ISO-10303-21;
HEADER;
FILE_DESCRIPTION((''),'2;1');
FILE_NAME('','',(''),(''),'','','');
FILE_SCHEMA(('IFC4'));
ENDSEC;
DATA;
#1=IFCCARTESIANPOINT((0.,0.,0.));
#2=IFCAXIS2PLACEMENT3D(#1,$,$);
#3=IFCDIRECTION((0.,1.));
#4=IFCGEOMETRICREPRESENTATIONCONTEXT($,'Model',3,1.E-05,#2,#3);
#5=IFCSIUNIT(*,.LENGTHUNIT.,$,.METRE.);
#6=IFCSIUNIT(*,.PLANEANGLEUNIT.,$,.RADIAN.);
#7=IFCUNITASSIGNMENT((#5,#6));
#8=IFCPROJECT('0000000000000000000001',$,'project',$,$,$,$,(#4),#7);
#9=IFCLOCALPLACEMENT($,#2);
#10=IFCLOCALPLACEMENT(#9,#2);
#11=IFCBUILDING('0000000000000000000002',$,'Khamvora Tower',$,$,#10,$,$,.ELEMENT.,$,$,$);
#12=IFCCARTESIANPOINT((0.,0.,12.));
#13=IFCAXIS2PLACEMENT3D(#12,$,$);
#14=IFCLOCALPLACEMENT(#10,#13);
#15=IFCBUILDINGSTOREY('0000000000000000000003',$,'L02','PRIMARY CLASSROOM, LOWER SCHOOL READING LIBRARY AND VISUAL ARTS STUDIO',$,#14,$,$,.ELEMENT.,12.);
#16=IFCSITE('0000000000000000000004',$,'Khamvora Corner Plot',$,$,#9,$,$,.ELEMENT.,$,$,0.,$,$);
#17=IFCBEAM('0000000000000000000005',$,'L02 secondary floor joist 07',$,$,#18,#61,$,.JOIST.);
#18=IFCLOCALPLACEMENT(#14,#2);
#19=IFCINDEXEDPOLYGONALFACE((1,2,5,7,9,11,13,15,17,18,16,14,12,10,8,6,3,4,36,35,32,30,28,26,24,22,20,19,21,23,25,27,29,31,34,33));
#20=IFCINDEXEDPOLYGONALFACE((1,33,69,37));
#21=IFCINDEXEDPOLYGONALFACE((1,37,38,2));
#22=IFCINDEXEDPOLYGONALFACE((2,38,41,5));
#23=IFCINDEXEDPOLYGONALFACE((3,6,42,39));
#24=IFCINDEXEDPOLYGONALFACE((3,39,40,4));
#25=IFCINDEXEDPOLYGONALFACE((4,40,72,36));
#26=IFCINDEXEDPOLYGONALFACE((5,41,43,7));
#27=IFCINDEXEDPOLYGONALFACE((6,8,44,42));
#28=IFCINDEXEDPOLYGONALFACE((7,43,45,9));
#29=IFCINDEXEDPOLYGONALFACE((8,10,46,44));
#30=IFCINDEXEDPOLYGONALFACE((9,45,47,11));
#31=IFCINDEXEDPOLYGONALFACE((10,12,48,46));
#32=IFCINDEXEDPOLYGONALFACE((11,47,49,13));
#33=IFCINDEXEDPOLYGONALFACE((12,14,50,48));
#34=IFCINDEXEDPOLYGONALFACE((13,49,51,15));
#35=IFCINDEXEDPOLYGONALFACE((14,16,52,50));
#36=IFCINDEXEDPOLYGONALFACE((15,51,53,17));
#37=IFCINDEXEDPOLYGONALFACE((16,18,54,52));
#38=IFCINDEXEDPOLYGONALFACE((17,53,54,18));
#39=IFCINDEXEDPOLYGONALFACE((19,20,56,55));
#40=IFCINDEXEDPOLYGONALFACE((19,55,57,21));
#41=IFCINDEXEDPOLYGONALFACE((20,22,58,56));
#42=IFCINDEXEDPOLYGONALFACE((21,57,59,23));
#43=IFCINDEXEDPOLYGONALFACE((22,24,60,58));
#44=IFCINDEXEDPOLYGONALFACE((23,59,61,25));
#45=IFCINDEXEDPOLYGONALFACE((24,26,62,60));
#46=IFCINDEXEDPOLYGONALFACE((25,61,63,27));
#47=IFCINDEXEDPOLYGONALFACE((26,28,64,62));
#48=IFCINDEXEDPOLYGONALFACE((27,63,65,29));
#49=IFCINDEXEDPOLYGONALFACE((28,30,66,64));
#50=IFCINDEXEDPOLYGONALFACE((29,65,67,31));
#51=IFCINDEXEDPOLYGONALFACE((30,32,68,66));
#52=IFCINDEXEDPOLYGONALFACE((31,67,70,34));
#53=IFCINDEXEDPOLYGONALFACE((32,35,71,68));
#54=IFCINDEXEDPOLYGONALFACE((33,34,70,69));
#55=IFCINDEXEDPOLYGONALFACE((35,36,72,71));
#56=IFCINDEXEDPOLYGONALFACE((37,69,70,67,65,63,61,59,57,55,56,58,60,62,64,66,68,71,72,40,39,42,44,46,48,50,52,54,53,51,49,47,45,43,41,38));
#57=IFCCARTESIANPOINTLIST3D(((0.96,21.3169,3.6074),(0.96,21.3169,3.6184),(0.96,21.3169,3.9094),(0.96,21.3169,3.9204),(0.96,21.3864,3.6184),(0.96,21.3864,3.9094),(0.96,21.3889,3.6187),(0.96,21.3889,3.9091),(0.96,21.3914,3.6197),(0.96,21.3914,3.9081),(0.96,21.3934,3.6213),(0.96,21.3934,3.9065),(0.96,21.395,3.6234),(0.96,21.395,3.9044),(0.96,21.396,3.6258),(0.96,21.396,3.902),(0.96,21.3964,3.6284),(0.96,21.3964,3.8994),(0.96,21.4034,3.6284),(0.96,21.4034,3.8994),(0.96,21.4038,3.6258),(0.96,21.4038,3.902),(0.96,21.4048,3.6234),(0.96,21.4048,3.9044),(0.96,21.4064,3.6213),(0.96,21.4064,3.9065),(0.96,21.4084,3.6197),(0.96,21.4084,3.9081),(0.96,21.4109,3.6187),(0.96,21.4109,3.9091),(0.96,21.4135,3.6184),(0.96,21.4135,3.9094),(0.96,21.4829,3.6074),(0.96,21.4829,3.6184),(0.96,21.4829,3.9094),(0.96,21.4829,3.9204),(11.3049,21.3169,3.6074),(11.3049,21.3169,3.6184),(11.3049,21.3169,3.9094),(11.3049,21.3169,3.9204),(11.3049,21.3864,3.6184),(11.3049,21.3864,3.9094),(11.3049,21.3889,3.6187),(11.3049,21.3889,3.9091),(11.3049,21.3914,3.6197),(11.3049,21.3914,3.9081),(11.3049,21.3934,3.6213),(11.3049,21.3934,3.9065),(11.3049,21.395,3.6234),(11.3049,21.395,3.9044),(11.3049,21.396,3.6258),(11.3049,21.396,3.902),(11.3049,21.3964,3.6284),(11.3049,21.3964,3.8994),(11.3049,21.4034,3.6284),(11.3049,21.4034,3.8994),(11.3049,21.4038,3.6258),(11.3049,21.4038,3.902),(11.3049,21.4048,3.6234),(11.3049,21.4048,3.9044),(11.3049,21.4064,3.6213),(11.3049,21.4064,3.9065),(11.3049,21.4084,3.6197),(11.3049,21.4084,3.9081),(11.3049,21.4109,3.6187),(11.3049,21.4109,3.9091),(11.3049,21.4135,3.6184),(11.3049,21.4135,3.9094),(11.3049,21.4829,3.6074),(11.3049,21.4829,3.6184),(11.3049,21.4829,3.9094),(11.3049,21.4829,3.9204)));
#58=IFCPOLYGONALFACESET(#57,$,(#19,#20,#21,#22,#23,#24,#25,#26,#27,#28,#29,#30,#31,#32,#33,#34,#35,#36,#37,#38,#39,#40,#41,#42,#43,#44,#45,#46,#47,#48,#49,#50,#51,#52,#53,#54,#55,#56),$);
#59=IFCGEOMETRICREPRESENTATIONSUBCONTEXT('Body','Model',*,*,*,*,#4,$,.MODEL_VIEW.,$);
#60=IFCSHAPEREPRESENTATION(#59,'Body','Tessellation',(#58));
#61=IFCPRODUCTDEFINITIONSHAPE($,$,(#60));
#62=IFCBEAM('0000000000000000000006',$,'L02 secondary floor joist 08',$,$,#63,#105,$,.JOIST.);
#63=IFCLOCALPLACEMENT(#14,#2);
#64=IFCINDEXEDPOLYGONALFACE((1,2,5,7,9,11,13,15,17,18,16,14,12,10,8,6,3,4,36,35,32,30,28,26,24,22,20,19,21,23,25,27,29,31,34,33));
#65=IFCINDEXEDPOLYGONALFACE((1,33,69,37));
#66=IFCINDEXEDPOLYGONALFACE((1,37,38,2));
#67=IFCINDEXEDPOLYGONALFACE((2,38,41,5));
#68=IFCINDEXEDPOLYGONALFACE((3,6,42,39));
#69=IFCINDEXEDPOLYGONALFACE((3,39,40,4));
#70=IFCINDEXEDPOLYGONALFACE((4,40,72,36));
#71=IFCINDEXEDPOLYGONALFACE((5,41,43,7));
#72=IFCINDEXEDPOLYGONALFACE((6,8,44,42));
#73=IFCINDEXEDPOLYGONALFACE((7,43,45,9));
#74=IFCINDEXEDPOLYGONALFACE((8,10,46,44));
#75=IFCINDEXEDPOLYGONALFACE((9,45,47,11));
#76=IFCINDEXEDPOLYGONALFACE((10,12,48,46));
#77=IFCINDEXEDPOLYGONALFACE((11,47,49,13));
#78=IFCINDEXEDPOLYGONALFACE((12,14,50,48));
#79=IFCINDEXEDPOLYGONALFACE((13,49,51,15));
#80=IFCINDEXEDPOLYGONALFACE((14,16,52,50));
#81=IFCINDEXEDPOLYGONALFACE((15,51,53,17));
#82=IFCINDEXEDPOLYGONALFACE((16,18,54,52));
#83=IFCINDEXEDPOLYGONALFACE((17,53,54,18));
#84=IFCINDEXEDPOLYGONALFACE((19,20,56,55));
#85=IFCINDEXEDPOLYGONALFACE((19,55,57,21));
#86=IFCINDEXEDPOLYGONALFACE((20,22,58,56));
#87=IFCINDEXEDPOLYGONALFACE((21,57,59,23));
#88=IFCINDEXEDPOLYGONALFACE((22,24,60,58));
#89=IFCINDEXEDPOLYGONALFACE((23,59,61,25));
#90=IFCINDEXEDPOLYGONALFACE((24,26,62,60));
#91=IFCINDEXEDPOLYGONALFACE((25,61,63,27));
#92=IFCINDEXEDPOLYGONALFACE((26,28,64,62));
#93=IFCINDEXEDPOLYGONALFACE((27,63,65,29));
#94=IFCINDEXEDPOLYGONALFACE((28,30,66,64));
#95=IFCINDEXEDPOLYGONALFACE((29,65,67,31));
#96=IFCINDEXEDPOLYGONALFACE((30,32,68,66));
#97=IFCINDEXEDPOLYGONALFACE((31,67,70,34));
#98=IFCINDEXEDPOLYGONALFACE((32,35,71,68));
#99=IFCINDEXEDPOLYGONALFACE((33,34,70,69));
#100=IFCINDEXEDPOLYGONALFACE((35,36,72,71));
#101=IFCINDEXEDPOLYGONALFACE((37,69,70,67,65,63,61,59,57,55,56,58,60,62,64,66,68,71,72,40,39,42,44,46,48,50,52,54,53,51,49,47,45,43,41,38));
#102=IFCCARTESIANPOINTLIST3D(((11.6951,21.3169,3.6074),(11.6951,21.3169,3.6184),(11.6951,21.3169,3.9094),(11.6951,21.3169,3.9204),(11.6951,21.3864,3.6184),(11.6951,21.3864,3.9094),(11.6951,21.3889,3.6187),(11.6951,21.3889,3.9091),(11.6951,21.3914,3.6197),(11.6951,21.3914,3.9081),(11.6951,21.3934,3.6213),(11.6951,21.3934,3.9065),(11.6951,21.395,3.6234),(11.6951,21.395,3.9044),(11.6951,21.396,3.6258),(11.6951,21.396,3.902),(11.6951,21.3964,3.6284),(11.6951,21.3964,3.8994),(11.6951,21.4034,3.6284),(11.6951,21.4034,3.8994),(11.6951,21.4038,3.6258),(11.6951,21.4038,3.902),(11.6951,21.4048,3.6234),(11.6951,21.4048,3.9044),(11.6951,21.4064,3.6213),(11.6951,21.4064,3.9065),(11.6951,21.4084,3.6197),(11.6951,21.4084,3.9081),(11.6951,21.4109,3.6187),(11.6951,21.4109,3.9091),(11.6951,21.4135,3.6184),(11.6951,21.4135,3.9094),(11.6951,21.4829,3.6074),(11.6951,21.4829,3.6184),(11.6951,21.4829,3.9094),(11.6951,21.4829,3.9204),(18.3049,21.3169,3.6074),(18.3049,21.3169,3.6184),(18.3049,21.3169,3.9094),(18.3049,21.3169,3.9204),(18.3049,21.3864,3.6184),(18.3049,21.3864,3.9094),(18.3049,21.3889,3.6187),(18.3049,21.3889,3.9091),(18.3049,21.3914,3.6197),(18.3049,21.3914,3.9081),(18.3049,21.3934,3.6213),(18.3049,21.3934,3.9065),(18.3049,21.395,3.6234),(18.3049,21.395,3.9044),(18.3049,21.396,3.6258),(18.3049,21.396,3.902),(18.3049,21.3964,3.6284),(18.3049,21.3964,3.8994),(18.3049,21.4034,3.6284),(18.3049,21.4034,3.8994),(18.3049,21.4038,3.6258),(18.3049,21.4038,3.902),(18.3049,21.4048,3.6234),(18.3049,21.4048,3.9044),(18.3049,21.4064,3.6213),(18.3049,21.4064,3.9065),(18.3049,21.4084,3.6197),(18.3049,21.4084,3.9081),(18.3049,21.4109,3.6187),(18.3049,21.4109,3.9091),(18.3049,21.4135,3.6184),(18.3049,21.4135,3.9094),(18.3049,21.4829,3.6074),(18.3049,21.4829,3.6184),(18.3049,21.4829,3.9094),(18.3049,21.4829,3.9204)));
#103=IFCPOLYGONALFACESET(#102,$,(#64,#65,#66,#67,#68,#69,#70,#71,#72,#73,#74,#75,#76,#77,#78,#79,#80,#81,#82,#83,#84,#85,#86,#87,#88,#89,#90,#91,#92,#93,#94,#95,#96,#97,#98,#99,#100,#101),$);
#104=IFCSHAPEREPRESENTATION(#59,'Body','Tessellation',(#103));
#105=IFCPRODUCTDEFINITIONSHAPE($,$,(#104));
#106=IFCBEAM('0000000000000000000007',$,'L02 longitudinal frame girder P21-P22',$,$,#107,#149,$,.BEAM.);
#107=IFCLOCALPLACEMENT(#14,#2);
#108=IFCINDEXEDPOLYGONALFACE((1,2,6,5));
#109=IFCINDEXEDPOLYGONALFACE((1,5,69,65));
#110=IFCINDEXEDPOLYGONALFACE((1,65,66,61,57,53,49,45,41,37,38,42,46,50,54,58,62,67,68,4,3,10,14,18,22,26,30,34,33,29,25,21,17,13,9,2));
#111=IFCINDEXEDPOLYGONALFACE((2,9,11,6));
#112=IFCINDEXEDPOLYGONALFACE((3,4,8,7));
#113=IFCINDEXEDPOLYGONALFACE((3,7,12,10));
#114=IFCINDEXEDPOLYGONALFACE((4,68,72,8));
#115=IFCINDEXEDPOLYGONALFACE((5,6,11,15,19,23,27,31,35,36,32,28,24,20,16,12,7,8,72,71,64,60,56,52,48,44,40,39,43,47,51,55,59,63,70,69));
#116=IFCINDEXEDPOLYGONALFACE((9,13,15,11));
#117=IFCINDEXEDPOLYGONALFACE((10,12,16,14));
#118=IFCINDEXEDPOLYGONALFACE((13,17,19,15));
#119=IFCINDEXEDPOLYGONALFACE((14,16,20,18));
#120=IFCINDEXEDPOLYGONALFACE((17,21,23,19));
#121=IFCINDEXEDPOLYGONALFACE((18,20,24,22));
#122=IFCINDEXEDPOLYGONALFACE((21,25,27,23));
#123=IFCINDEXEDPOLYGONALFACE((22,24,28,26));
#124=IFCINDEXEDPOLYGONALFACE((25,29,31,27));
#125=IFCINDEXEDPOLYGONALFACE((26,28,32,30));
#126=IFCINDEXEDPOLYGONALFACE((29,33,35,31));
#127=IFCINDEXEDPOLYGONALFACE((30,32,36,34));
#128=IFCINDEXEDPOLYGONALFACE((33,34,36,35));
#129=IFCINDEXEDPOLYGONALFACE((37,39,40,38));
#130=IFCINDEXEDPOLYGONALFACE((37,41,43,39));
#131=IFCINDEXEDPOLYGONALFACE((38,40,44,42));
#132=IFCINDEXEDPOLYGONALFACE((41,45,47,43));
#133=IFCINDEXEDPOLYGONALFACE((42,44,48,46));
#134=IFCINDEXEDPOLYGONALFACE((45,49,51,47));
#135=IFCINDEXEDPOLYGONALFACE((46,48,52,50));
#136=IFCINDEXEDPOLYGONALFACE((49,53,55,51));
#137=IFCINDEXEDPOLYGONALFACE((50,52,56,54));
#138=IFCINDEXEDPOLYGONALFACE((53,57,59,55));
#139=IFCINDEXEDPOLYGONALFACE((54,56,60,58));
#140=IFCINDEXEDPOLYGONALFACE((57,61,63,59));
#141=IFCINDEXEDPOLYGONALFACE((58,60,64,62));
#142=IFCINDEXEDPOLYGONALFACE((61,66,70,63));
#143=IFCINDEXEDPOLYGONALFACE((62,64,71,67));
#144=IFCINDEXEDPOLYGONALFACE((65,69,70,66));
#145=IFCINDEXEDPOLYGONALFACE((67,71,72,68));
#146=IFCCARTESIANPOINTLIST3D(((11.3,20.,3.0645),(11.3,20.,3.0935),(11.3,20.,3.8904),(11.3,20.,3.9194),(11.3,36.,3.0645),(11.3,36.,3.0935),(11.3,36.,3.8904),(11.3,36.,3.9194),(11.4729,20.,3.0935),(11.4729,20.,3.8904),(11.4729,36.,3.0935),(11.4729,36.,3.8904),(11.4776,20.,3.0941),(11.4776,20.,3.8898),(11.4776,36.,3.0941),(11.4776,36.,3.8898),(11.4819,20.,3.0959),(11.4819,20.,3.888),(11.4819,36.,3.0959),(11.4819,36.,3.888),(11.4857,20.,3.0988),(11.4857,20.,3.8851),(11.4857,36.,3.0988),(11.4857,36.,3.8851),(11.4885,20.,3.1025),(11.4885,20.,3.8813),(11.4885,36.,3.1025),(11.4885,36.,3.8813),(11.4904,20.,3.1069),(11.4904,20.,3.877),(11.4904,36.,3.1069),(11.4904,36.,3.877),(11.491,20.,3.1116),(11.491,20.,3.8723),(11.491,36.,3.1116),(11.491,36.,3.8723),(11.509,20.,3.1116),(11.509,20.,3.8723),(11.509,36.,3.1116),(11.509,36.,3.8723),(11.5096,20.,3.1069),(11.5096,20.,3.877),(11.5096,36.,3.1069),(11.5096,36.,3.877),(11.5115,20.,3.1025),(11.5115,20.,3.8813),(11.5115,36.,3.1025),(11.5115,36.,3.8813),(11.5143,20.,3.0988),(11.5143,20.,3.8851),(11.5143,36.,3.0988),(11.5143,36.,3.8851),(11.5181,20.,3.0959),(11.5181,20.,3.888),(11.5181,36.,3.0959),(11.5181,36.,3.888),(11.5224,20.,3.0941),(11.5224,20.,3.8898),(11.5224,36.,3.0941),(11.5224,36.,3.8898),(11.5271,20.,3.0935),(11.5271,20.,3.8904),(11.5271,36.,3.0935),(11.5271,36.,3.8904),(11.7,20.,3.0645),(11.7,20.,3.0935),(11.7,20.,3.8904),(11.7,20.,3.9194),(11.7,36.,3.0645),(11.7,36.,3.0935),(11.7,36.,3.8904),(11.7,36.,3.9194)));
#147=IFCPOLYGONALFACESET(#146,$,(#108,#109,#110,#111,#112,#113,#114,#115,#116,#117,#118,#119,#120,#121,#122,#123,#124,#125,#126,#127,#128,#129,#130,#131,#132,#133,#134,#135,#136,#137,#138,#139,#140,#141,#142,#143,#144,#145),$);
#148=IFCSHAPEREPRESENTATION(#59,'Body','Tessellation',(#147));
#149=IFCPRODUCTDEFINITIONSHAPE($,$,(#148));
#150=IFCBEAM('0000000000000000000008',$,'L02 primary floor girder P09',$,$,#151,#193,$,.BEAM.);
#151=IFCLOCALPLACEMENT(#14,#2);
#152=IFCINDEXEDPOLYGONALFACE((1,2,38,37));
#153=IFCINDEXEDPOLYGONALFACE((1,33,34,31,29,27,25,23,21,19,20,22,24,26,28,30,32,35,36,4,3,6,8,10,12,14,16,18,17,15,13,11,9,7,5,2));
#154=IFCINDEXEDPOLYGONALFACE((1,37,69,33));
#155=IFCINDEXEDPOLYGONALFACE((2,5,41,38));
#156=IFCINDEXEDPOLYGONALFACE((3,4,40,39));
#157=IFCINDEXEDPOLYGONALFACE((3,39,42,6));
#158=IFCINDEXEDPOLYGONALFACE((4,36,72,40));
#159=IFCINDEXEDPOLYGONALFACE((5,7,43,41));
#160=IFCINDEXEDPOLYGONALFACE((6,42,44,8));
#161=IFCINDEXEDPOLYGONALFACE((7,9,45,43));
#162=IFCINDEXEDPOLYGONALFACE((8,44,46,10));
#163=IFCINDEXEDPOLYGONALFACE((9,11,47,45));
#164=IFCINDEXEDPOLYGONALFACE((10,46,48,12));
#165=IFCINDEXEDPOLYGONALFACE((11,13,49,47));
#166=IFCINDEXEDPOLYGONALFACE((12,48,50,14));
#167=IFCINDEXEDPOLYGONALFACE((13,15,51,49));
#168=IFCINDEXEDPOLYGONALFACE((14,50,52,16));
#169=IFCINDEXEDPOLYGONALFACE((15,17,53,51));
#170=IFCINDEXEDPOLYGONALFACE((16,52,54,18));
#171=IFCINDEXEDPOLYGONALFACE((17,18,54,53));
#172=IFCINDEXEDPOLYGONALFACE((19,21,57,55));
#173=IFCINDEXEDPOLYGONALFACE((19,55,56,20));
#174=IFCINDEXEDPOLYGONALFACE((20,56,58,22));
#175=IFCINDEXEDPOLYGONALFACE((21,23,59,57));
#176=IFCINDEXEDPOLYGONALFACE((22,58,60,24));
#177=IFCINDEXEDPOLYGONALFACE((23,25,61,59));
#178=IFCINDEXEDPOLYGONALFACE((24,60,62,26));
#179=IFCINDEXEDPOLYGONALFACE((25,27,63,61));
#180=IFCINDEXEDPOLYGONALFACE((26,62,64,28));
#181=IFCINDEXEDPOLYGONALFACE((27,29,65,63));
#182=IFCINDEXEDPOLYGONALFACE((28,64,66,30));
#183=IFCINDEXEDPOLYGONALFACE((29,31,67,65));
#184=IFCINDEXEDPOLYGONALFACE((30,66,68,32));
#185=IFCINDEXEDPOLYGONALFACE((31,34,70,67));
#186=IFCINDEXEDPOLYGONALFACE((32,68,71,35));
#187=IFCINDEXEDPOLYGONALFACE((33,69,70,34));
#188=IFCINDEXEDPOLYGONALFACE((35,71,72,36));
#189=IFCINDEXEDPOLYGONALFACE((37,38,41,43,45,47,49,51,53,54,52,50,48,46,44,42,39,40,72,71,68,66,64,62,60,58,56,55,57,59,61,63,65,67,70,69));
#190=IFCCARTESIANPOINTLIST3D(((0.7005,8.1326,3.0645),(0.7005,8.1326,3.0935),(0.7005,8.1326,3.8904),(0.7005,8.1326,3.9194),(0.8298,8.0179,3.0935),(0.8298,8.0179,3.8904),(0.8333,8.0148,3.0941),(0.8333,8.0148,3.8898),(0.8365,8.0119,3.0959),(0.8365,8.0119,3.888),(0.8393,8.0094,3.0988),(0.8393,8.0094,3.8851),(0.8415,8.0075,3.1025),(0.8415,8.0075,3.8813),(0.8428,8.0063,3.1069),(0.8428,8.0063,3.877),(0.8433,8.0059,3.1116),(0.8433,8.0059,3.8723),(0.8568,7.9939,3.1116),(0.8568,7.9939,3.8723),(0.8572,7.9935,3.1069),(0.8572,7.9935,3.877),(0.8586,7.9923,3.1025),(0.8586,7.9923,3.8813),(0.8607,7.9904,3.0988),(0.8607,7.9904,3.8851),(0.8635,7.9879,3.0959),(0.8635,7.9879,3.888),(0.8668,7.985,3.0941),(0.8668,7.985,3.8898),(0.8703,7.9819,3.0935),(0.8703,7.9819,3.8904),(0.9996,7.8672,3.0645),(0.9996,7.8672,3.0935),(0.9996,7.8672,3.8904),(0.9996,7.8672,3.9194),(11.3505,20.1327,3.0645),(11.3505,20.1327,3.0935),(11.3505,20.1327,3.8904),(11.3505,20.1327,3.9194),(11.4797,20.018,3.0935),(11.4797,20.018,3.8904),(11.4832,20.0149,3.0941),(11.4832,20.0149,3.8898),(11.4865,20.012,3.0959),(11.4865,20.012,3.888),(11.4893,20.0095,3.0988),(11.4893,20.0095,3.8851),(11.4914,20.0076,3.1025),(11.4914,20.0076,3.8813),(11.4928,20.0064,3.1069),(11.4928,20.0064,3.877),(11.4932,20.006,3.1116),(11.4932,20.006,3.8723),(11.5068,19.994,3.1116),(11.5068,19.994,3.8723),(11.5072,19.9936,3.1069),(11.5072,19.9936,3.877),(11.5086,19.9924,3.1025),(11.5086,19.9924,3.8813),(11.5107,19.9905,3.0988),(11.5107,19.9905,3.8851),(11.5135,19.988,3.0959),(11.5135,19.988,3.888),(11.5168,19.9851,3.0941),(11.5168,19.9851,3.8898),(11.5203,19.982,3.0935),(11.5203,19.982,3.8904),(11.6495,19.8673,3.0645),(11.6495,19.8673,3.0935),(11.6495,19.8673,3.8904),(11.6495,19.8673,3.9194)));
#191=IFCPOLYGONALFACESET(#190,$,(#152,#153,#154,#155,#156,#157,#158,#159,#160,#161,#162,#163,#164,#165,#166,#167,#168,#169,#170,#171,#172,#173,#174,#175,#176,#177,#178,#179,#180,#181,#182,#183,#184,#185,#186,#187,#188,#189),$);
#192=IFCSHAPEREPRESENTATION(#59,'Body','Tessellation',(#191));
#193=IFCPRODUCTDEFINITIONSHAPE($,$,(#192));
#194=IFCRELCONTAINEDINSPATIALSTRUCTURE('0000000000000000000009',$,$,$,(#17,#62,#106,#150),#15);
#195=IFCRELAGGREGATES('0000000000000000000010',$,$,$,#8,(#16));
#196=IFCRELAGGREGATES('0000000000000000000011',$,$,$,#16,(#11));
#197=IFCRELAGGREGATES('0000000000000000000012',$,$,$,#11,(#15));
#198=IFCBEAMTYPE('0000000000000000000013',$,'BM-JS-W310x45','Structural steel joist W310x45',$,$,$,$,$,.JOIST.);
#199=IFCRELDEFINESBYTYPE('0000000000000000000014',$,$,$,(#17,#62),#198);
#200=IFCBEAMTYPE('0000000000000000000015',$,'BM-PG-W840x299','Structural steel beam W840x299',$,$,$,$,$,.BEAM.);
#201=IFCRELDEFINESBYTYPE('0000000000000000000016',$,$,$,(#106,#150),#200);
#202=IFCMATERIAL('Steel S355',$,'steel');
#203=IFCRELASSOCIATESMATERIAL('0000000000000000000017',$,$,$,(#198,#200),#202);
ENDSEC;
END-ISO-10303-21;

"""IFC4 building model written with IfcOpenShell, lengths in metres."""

from ifc_helpers import new_model, si_unit, direction, frame, origin, origin_2d, place, context, subcontext, project, spatial, i_section, extrude, material, material_profile, profile_set, type_object, element, save


model = new_model("IFC4")

# Units and contexts
model_context = context("Model", 3, precision=1e-05, world=origin(), true_north=direction((0.0, 1.0)))
body_context = subcontext(model_context, "Body", "Model", "MODEL_VIEW")
ifc_project = project(units=[si_unit("LENGTHUNIT", "METRE"), si_unit("PLANEANGLEUNIT", "RADIAN")], contexts=[model_context])

# Site, building, storey
site_placement = place(None, origin())
site = spatial("IfcSite", under=ifc_project, at=site_placement, Name="Khamvora Corner Plot", CompositionType="ELEMENT", RefElevation=0.0)
building_placement = place(site_placement, origin())
building = spatial("IfcBuilding", under=site, at=building_placement, Name="Khamvora Tower", CompositionType="ELEMENT")
storey_placement = place(building_placement, frame((0.0, 0.0, 12.0)))
storey = spatial("IfcBuildingStorey", under=building, at=storey_placement, Name="L02", Description="PRIMARY CLASSROOM, LOWER SCHOOL READING LIBRARY AND VISUAL ARTS STUDIO", CompositionType="ELEMENT", Elevation=12.0)

# Beams
ifc_material_1 = material(Name="Steel S355", Category="steel")
ifc_material_profile_1 = material_profile(ifc_material_1, i_section(OverallWidth=0.166, OverallDepth=0.313, WebThickness=0.0071, FlangeThickness=0.011, FilletRadius=0.01, at=origin_2d()), Name="W310x45")
ifc_profile_set_1 = profile_set([ifc_material_profile_1], Name="Steel S355")
beam_type_1 = type_object("IfcBeamType", Name="BM-JS-W310x45", Description="Structural steel joist W310x45", PredefinedType="JOIST", material=ifc_profile_set_1)
beam_1_placement = place(storey_placement, frame((0.96, 21.3999, 3.7639), z_axis=(1.0, 0.0, 0.0), x_axis=(0.0, 1.0, 0.0)))
element("IfcBeam", 1, at=beam_1_placement, inside=storey, type_object=beam_type_1, Name="L02 secondary floor joist 07", PredefinedType="JOIST", context=body_context, shape_type="SweptSolid", body=[
    extrude(i_section(OverallWidth=0.166, OverallDepth=0.313, WebThickness=0.0071, FlangeThickness=0.011, FilletRadius=0.01, at=origin_2d()), origin(), (0.0, 0.0, 1.0), 10.345),
])
beam_2_placement = place(storey_placement, frame((11.6951, 21.3999, 3.7639), z_axis=(1.0, 0.0, 0.0), x_axis=(0.0, 1.0, 0.0)))
element("IfcBeam", 2, at=beam_2_placement, inside=storey, type_object=beam_type_1, Name="L02 secondary floor joist 08", PredefinedType="JOIST", context=body_context, shape_type="SweptSolid", body=[
    extrude(i_section(OverallWidth=0.166, OverallDepth=0.313, WebThickness=0.0071, FlangeThickness=0.011, FilletRadius=0.01, at=origin_2d()), origin(), (0.0, 0.0, 1.0), 6.6099),
])
ifc_material_profile_2 = material_profile(ifc_material_1, i_section(OverallWidth=0.3999, OverallDepth=0.855, WebThickness=0.0181, FlangeThickness=0.0291, FilletRadius=0.0181, at=origin_2d()), Name="W840x299")
ifc_profile_set_2 = profile_set([ifc_material_profile_2], Name="Steel S355")
beam_type_2 = type_object("IfcBeamType", Name="BM-PG-W840x299", Description="Structural steel beam W840x299", PredefinedType="BEAM", material=ifc_profile_set_2)
beam_3_placement = place(storey_placement, frame((11.5, 20.0, 3.4919), z_axis=(0.0, 1.0, 0.0), x_axis=(-1.0, 0.0, 0.0)))
element("IfcBeam", 3, at=beam_3_placement, inside=storey, type_object=beam_type_2, Name="L02 longitudinal frame girder P21-P22", PredefinedType="BEAM", context=body_context, shape_type="SweptSolid", body=[
    extrude(i_section(OverallWidth=0.3999, OverallDepth=0.855, WebThickness=0.0181, FlangeThickness=0.0291, FilletRadius=0.0181, at=origin_2d()), origin(), (0.0, 0.0, 1.0), 16.0),
])
beam_4_placement = place(storey_placement, frame((11.5, 20.0, 3.4919), z_axis=(-0.66378, -0.747928, 0.0), x_axis=(0.747928, -0.66378, 0.0)))
element("IfcBeam", 4, at=beam_4_placement, inside=storey, type_object=beam_type_2, Name="L02 primary floor girder P09", PredefinedType="BEAM", context=body_context, shape_type="SweptSolid", body=[
    extrude(i_section(OverallWidth=0.3999, OverallDepth=0.855, WebThickness=0.0181, FlangeThickness=0.0291, FilletRadius=0.0181, at=origin_2d()), origin(), (0.0, 0.0, 1.0), 16.0444),
])

save(model, "model.ifc")
